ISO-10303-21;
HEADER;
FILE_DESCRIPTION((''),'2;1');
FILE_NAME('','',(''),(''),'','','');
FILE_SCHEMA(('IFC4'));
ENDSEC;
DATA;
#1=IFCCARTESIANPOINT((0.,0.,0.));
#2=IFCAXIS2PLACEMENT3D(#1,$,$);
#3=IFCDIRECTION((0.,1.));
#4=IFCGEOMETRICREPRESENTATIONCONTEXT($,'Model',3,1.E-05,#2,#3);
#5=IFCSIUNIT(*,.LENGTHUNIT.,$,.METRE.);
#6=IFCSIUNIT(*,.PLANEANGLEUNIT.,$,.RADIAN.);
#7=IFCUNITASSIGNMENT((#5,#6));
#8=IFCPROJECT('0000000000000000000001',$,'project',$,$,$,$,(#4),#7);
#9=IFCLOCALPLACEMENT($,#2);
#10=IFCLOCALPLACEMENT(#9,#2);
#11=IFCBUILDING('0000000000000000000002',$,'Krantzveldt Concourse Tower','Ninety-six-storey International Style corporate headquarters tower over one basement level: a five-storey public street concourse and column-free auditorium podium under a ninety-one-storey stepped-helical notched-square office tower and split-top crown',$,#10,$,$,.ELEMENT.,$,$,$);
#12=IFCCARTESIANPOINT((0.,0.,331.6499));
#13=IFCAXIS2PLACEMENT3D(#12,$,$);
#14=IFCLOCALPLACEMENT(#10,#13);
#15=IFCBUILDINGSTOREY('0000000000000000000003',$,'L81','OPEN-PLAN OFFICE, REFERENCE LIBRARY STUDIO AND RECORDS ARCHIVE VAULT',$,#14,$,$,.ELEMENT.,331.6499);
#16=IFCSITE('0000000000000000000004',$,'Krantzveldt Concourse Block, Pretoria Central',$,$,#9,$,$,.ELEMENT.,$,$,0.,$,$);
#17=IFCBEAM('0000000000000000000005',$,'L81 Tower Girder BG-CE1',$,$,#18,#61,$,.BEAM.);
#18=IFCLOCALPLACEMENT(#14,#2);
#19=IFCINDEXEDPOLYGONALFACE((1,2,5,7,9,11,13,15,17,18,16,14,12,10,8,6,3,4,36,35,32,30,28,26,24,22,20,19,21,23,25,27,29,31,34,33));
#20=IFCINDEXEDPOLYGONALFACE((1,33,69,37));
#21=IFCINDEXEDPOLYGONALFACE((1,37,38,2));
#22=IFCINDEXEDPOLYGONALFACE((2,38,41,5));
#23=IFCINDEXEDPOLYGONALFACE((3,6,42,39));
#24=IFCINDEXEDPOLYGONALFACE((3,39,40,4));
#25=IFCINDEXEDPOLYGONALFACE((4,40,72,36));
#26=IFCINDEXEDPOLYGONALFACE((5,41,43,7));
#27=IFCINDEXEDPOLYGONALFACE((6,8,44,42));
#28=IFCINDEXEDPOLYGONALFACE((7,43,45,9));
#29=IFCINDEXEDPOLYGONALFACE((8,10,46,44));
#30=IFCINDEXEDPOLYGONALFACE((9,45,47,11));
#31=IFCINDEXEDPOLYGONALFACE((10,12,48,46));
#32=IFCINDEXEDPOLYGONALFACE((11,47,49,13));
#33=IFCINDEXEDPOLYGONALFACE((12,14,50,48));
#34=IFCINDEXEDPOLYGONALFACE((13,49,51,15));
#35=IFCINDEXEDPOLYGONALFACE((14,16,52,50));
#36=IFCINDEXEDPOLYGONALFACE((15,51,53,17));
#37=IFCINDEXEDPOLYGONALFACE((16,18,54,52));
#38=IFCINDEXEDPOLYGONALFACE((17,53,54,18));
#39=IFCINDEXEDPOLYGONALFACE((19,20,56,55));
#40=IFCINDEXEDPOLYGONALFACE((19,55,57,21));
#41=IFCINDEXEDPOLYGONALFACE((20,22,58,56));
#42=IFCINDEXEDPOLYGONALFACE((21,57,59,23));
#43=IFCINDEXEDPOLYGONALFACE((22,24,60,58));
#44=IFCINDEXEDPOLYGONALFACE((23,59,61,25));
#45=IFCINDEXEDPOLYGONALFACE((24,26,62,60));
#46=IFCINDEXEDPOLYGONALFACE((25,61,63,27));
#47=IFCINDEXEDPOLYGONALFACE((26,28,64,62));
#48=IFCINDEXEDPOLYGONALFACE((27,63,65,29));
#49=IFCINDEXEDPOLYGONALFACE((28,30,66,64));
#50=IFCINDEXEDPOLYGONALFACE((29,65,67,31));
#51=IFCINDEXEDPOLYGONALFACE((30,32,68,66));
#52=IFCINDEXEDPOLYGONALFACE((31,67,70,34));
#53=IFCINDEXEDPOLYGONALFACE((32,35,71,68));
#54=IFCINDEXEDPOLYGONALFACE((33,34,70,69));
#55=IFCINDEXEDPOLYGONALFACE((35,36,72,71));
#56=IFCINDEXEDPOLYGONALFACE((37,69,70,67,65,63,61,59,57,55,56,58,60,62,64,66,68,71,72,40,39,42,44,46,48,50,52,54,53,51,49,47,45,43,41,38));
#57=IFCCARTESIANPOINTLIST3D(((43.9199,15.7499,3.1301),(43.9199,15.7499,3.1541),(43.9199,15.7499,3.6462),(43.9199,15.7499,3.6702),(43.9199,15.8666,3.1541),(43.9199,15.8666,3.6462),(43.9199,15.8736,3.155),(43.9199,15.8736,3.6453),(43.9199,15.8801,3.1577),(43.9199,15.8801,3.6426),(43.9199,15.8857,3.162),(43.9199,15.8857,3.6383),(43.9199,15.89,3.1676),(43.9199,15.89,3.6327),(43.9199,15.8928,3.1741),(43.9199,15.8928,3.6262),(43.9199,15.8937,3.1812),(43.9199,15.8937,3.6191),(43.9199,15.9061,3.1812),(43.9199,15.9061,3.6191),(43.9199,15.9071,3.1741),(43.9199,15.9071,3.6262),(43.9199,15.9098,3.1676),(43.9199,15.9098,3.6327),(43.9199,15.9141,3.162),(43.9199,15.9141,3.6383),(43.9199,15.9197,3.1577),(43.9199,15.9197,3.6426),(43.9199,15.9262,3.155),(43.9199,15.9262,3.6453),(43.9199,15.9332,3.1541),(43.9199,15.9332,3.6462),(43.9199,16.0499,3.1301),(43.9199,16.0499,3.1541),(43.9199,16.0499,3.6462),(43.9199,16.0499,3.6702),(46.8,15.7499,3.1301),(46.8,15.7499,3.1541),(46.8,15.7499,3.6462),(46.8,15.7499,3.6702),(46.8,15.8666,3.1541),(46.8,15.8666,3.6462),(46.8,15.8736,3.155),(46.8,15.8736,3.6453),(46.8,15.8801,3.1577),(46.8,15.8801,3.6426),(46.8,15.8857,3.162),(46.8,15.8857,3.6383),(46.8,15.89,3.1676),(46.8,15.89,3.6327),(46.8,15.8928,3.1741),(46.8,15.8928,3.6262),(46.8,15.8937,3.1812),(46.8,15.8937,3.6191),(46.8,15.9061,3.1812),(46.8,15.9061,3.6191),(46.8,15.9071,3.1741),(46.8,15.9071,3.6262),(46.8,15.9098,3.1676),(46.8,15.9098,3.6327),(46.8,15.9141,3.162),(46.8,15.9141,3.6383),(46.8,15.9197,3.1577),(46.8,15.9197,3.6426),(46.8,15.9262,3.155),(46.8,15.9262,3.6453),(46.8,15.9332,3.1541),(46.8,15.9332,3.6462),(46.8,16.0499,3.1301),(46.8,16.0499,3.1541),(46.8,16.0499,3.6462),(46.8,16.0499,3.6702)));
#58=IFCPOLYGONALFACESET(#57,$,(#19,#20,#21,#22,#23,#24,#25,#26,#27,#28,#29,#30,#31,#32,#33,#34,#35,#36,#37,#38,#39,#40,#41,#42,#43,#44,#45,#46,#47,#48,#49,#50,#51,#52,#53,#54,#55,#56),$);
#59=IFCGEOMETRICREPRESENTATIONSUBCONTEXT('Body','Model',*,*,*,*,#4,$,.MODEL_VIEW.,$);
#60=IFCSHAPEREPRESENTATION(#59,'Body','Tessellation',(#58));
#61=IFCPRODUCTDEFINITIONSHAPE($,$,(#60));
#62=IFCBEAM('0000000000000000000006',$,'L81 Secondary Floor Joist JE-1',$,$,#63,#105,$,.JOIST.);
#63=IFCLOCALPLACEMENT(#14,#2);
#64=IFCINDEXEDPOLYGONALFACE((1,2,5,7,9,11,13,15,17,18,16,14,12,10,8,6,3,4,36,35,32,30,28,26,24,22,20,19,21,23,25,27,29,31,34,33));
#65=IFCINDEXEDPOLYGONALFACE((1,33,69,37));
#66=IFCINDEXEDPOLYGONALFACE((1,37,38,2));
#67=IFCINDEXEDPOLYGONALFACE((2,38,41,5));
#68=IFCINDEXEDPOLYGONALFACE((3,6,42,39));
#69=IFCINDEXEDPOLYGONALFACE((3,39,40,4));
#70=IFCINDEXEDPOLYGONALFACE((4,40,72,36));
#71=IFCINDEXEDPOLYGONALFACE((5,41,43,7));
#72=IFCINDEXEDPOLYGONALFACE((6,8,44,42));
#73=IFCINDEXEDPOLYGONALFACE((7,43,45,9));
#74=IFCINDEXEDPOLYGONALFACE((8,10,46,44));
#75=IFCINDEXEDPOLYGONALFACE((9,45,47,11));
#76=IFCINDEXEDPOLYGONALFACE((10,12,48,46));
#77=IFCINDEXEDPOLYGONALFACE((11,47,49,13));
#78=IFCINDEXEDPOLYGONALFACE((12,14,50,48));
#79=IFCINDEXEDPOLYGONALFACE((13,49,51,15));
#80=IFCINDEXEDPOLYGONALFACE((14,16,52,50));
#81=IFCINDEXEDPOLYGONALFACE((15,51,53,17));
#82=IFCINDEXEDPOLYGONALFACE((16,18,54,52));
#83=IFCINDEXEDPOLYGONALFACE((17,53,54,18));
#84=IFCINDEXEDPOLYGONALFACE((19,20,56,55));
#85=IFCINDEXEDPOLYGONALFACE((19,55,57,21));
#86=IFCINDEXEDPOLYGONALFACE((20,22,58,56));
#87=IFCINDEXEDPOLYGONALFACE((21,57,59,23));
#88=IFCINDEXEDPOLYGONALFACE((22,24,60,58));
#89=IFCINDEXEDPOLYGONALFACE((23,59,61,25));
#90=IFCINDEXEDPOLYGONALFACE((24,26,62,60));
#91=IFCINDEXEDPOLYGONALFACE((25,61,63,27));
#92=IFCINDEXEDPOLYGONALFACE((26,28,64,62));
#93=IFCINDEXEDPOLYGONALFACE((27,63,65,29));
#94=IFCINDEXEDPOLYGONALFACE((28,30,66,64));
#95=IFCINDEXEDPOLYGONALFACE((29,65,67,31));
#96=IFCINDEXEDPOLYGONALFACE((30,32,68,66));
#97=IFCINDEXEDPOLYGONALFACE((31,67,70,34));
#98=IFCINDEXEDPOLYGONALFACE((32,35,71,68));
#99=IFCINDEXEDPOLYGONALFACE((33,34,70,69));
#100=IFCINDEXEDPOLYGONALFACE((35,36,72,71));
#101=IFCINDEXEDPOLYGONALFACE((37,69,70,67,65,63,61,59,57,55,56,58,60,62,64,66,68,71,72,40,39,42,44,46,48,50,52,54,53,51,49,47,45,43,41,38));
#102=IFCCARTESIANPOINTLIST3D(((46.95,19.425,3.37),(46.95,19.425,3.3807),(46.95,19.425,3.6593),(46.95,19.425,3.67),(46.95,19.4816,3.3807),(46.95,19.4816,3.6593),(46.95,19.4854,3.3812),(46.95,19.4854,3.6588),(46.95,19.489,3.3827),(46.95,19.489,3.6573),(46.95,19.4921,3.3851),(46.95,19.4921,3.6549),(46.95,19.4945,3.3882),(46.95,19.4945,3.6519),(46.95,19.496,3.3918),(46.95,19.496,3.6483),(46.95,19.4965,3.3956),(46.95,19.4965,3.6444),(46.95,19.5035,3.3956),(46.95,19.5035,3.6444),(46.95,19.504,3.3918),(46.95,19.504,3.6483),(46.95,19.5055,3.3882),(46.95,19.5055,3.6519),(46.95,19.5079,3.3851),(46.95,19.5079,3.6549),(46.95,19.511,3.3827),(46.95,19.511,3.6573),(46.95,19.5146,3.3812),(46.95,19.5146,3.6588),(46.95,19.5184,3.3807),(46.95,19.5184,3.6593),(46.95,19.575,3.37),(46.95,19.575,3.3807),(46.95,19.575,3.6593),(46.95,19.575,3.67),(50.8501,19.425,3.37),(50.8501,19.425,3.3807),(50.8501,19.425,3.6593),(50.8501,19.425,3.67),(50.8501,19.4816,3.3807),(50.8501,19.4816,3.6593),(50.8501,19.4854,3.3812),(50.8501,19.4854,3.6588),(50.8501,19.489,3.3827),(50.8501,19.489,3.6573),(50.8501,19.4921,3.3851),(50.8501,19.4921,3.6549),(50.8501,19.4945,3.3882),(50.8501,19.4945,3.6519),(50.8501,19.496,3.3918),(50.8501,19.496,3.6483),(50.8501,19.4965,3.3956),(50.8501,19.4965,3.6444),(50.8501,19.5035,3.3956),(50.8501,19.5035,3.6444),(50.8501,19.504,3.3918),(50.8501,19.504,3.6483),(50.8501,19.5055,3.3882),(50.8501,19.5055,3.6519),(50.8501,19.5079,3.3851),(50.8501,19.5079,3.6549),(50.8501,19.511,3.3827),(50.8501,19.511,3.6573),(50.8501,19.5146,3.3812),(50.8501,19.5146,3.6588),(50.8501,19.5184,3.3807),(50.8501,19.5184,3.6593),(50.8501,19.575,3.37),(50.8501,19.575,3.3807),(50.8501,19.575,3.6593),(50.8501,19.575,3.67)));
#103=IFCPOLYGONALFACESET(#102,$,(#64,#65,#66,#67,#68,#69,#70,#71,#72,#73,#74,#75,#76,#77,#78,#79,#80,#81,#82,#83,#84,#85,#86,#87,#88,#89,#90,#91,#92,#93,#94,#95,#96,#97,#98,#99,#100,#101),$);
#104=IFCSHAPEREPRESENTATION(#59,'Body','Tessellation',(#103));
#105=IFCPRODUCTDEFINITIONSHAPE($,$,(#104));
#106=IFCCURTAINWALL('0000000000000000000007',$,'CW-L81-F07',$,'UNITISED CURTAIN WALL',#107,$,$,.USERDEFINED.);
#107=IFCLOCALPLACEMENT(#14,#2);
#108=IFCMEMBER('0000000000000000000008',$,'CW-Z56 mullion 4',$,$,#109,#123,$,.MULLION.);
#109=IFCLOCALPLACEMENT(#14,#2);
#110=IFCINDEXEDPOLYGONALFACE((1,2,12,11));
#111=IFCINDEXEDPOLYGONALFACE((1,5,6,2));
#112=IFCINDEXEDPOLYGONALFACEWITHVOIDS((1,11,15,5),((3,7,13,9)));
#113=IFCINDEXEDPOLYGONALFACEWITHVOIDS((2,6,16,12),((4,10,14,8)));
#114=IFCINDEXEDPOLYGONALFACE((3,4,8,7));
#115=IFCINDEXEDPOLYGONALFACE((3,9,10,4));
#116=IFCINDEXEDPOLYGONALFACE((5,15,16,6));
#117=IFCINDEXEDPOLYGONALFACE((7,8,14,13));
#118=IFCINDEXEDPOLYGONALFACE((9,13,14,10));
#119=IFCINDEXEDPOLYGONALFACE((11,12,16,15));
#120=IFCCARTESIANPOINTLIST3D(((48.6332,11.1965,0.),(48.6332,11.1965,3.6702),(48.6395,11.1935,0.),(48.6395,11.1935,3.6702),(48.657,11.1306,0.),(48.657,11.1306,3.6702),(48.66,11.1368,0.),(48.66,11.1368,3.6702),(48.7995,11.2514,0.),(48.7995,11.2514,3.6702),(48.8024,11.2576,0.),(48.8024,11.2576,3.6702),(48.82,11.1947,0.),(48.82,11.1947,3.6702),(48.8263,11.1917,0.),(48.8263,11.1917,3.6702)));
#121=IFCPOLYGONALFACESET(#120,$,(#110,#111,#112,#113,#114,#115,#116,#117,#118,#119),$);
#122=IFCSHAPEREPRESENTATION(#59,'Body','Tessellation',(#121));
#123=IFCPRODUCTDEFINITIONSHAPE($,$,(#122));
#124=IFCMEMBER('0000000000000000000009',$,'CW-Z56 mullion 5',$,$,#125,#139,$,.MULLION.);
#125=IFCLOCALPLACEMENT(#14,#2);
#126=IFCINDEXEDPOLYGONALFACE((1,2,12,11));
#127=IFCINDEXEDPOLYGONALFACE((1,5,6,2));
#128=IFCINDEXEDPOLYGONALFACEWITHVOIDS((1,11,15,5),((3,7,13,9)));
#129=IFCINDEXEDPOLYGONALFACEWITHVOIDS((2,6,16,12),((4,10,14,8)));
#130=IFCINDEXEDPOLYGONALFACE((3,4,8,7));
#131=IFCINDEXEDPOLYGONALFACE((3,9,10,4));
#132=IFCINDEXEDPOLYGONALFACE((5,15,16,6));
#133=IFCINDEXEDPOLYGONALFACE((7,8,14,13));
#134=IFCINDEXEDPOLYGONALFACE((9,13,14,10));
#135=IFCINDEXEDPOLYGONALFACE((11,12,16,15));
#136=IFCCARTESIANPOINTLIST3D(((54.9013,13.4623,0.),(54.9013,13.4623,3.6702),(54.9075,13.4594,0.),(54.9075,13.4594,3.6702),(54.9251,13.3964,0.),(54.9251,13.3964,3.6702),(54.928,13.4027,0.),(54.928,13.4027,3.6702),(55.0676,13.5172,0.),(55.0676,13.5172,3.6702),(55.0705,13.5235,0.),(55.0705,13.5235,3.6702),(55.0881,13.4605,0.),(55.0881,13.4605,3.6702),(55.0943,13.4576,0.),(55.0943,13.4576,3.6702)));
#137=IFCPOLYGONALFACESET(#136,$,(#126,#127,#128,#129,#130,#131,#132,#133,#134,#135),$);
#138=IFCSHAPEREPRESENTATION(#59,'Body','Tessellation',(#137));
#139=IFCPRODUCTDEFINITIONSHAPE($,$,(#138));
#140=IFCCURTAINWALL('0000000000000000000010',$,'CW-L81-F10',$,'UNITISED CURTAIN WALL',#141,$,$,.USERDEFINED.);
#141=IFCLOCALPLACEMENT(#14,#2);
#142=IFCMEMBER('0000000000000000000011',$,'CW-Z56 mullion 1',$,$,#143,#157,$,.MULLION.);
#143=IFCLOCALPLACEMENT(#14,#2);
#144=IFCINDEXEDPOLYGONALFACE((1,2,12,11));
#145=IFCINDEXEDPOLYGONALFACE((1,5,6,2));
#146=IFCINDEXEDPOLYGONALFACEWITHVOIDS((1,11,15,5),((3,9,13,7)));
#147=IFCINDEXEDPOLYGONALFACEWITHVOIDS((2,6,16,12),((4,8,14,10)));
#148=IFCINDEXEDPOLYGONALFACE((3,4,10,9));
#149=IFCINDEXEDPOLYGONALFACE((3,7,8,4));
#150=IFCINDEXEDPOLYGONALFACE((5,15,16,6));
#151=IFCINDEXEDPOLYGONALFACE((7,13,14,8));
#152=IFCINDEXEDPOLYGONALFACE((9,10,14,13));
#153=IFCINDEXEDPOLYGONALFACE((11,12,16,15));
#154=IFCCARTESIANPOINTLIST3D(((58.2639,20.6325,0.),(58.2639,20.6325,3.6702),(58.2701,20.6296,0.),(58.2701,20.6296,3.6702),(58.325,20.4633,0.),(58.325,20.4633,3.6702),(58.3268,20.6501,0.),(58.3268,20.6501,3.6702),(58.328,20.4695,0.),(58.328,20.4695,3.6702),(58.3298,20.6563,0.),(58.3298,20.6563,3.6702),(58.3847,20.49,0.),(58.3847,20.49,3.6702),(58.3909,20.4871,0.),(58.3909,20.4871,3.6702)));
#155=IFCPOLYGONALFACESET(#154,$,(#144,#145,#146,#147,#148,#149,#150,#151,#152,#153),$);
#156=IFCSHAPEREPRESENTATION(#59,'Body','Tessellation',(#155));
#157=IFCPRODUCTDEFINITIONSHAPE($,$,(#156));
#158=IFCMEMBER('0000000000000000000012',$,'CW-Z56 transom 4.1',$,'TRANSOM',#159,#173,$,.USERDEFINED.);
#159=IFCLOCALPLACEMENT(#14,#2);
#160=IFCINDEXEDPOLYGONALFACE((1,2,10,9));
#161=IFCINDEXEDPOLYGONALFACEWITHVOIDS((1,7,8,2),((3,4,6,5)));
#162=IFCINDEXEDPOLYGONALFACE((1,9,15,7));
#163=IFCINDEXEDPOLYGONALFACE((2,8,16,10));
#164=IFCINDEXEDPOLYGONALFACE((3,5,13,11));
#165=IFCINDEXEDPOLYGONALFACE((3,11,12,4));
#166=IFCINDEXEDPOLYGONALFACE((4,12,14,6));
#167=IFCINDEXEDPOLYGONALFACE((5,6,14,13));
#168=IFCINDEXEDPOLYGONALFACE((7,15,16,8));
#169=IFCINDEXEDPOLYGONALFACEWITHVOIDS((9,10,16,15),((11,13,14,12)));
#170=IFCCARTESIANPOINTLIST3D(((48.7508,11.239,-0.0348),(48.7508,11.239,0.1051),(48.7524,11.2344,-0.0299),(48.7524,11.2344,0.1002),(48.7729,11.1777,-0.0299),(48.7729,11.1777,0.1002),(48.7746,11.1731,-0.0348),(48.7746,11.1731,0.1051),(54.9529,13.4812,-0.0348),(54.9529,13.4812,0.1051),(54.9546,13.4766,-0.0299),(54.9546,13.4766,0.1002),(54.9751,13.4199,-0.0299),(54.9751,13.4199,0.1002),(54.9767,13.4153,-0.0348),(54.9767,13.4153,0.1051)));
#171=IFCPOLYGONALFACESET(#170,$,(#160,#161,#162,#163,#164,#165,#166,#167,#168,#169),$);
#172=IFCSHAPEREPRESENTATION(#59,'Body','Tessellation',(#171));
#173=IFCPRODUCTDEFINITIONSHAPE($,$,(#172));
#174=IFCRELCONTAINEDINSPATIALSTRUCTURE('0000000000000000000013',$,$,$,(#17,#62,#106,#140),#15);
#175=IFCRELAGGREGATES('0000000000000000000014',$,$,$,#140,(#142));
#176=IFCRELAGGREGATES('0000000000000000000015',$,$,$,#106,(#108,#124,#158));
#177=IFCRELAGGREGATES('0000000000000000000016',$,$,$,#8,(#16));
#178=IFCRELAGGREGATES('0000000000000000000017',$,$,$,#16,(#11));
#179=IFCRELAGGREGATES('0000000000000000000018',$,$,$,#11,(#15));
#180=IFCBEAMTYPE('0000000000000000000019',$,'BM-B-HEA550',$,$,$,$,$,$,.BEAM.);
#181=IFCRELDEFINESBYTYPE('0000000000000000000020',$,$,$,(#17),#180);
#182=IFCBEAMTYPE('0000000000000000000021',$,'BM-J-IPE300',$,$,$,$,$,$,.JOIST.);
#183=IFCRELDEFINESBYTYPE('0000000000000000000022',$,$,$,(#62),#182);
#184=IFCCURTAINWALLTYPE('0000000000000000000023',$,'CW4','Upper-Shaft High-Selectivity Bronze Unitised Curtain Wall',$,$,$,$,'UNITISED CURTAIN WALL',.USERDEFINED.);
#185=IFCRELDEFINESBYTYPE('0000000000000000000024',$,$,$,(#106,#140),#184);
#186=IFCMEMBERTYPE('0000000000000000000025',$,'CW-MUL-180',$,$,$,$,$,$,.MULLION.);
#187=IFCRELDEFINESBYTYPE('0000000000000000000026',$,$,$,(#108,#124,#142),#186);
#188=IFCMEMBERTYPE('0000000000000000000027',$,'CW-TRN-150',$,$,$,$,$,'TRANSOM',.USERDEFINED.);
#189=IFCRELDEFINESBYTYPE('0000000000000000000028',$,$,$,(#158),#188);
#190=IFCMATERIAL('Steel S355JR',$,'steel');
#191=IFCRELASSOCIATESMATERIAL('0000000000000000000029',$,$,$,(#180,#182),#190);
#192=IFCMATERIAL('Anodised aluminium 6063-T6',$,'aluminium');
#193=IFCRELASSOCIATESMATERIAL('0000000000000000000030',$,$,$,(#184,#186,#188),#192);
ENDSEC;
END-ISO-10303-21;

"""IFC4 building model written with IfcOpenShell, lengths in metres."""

from ifc_helpers import new_model, si_unit, direction, frame, origin, origin_2d, place, context, subcontext, project, spatial, hollow_rectangle, i_section, extrude, source, transform, mapped, material, material_profile, profile_set, type_object, type_shapes, element, aggregate, save


model = new_model("IFC4")

# Units and contexts
model_context = context("Model", 3, precision=1e-05, world=origin(), true_north=direction((0.0, 1.0)))
body_context = subcontext(model_context, "Body", "Model", "MODEL_VIEW")
ifc_project = project(units=[si_unit("LENGTHUNIT", "METRE"), si_unit("PLANEANGLEUNIT", "RADIAN")], contexts=[model_context])

# Site, building, storey
site_placement = place(None, origin())
site = spatial("IfcSite", under=ifc_project, at=site_placement, Name="Krantzveldt Concourse Block, Pretoria Central", CompositionType="ELEMENT", RefElevation=0.0)
building_placement = place(site_placement, origin())
building = spatial("IfcBuilding", under=site, at=building_placement, Name="Krantzveldt Concourse Tower", Description="Ninety-six-storey International Style corporate headquarters tower over one basement level: a five-storey public street concourse and column-free auditorium podium under a ninety-one-storey stepped-helical notched-square office tower and split-top crown", CompositionType="ELEMENT")
storey_placement = place(building_placement, frame((0.0, 0.0, 331.6499)))
storey = spatial("IfcBuildingStorey", under=building, at=storey_placement, Name="L81", Description="OPEN-PLAN OFFICE, REFERENCE LIBRARY STUDIO AND RECORDS ARCHIVE VAULT", CompositionType="ELEMENT", Elevation=331.6499)

# Beams
ifc_material_1 = material(Name="Steel S355JR", Category="steel")
ifc_material_profile_1 = material_profile(ifc_material_1, i_section(OverallWidth=0.3, OverallDepth=0.54, WebThickness=0.0125, FlangeThickness=0.0239, FilletRadius=0.0271, at=origin_2d()), Name="Steel S355JR", Category="steel")
ifc_profile_set_1 = profile_set([ifc_material_profile_1], Name="Steel S355JR - HEA 550")
beam_type_1 = type_object("IfcBeamType", Name="BM-B-HEA550", PredefinedType="BEAM", material=ifc_profile_set_1)
shared_shape_1 = source(origin(), body_context, "Body", "SweptSolid", [
    extrude(i_section(OverallWidth=0.3, OverallDepth=0.54, WebThickness=0.0125, FlangeThickness=0.0239, FilletRadius=0.0271, at=origin_2d()), origin(), (0.0, 0.0, 1.0), 2.8801),
])
beam_1_placement = place(storey_placement, frame((43.9199, 15.8999, 3.4001), z_axis=(1.0, 0.0, 0.0), x_axis=(0.0, 1.0, 0.0)))
element("IfcBeam", 1, at=beam_1_placement, inside=storey, type_object=beam_type_1, Name="L81 Tower Girder BG-CE1", PredefinedType="BEAM", context=body_context, shape_type="MappedRepresentation", body=[
    mapped(shared_shape_1, transform((0.0, 0.0, 0.0), x_axis=(1.0, 0.0, 0.0), y_axis=(0.0, 1.0, 0.0), z_axis=(0.0, 0.0, 1.0), scale=1.0)),
])
ifc_material_profile_2 = material_profile(ifc_material_1, i_section(OverallWidth=0.1499, OverallDepth=0.3, WebThickness=0.0071, FlangeThickness=0.0107, FilletRadius=0.0149, at=origin_2d()), Name="Steel S355JR", Category="steel")
ifc_profile_set_2 = profile_set([ifc_material_profile_2], Name="Steel S355JR - IPE 300")
beam_type_2 = type_object("IfcBeamType", Name="BM-J-IPE300", PredefinedType="JOIST", material=ifc_profile_set_2)
shared_shape_2 = source(origin(), body_context, "Body", "SweptSolid", [
    extrude(i_section(OverallWidth=0.1499, OverallDepth=0.3, WebThickness=0.0071, FlangeThickness=0.0107, FilletRadius=0.0149, at=origin_2d()), origin(), (0.0, 0.0, 1.0), 3.9001),
])
type_shapes(beam_type_2, [shared_shape_2])
beam_2_placement = place(storey_placement, frame((46.95, 19.5, 3.52), z_axis=(1.0, 0.0, 0.0), x_axis=(0.0, 1.0, 0.0)))
element("IfcBeam", 2, at=beam_2_placement, inside=storey, type_object=beam_type_2, Name="L81 Secondary Floor Joist JE-1", PredefinedType="JOIST", context=body_context, shape_type="MappedRepresentation", body=[
    mapped(shared_shape_2, transform((0.0, 0.0, 0.0), x_axis=(1.0, 0.0, 0.0), y_axis=(0.0, 1.0, 0.0), z_axis=(0.0, 0.0, 1.0), scale=1.0)),
])

# Curtain wall, members
ifc_material_2 = material(Name="Anodised aluminium 6063-T6", Category="aluminium")
curtain_wall_type = type_object("IfcCurtainWallType", Name="CW4", Description="Upper-Shaft High-Selectivity Bronze Unitised Curtain Wall", ElementType="UNITISED CURTAIN WALL", PredefinedType="USERDEFINED", material=ifc_material_2)
curtain_wall_1_placement = place(storey_placement, origin())
curtain_wall_1 = element("IfcCurtainWall", 3, at=curtain_wall_1_placement, inside=storey, type_object=curtain_wall_type, Name="CW-L81-F07", ObjectType="UNITISED CURTAIN WALL", PredefinedType="USERDEFINED")
ifc_material_profile_3 = material_profile(ifc_material_2, hollow_rectangle(XDim=0.0701, YDim=0.1799, WallThickness=0.0049, at=origin_2d()), Name="Anodised aluminium 6063-T6", Category="aluminium")
ifc_profile_set_3 = profile_set([ifc_material_profile_3], Name="Anodised aluminium 6063-T6 - ALU-MULL 180x70x5")
member_type_1 = type_object("IfcMemberType", Name="CW-MUL-180", PredefinedType="MULLION", material=ifc_profile_set_3)
shared_shape_3 = source(origin(), body_context, "Body", "SweptSolid", [
    extrude(hollow_rectangle(XDim=0.0701, YDim=0.1799, WallThickness=0.0049, at=origin_2d()), origin(), (0.0, 0.0, 1.0), 3.6702),
])
type_shapes(member_type_1, [shared_shape_3])
member_1_placement = place(storey_placement, frame((48.7297, 11.1941, 0.0), z_axis=(0.0, 0.0, 1.0), x_axis=(-0.339969, 0.940437, 0.0)))
member_1 = element("IfcMember", 4, at=member_1_placement, type_object=member_type_1, Name="CW-Z56 mullion 4", PredefinedType="MULLION", context=body_context, shape_type="MappedRepresentation", body=[
    mapped(shared_shape_3, transform((0.0, 0.0, 0.0), x_axis=(1.0, 0.0, 0.0), y_axis=(0.0, 1.0, 0.0), z_axis=(0.0, 0.0, 1.0), scale=1.0)),
])
member_2_placement = place(storey_placement, frame((54.9978, 13.46, 0.0), z_axis=(0.0, 0.0, 1.0), x_axis=(-0.339969, 0.940437, 0.0)))
member_2 = element("IfcMember", 5, at=member_2_placement, type_object=member_type_1, Name="CW-Z56 mullion 5", PredefinedType="MULLION", context=body_context, shape_type="MappedRepresentation", body=[
    mapped(shared_shape_3, transform((0.0, 0.0, 0.0), x_axis=(1.0, 0.0, 0.0), y_axis=(0.0, 1.0, 0.0), z_axis=(0.0, 0.0, 1.0), scale=1.0)),
])

# Curtain wall, member
curtain_wall_2_placement = place(storey_placement, origin())
curtain_wall_2 = element("IfcCurtainWall", 6, at=curtain_wall_2_placement, inside=storey, type_object=curtain_wall_type, Name="CW-L81-F10", ObjectType="UNITISED CURTAIN WALL", PredefinedType="USERDEFINED")
member_3_placement = place(storey_placement, frame((58.3274, 20.5598, 0.0), z_axis=(0.0, 0.0, 1.0), x_axis=(-0.940437, -0.339969, 0.0)))
member_3 = element("IfcMember", 7, at=member_3_placement, type_object=member_type_1, Name="CW-Z56 mullion 1", PredefinedType="MULLION", context=body_context, shape_type="MappedRepresentation", body=[
    mapped(shared_shape_3, transform((0.0, 0.0, 0.0), x_axis=(1.0, 0.0, 0.0), y_axis=(0.0, 1.0, 0.0), z_axis=(0.0, 0.0, 1.0), scale=1.0)),
])

# Member
ifc_material_profile_4 = material_profile(ifc_material_2, hollow_rectangle(XDim=0.0701, YDim=0.1399, WallThickness=0.0049, at=origin_2d()), Name="Anodised aluminium 6063-T6", Category="aluminium")
ifc_profile_set_4 = profile_set([ifc_material_profile_4], Name="Anodised aluminium 6063-T6 - ALU-TRAN 140x70x5")
member_type_2 = type_object("IfcMemberType", Name="CW-TRN-150", ElementType="TRANSOM", PredefinedType="USERDEFINED", material=ifc_profile_set_4)
shared_shape_4 = source(origin(), body_context, "Body", "SweptSolid", [
    extrude(hollow_rectangle(XDim=0.0701, YDim=0.1399, WallThickness=0.0049, at=origin_2d()), origin(), (0.0, 0.0, 1.0), 6.595),
])
member_4_placement = place(storey_placement, frame((48.7627, 11.2061, 0.0352), z_axis=(0.940432, 0.339983, 0.0), x_axis=(-0.339983, 0.940432, 0.0)))
member_4 = element("IfcMember", 8, at=member_4_placement, type_object=member_type_2, Name="CW-Z56 transom 4.1", ObjectType="TRANSOM", PredefinedType="USERDEFINED", context=body_context, shape_type="MappedRepresentation", body=[
    mapped(shared_shape_4, transform((0.0, 0.0, 0.0), x_axis=(1.0, 0.0, 0.0), y_axis=(0.0, 1.0, 0.0), z_axis=(0.0, 0.0, 1.0), scale=1.0)),
])
aggregate(curtain_wall_2, [member_3])

aggregate(curtain_wall_1, [member_1, member_2, member_4])

save(model, "model.ifc")
